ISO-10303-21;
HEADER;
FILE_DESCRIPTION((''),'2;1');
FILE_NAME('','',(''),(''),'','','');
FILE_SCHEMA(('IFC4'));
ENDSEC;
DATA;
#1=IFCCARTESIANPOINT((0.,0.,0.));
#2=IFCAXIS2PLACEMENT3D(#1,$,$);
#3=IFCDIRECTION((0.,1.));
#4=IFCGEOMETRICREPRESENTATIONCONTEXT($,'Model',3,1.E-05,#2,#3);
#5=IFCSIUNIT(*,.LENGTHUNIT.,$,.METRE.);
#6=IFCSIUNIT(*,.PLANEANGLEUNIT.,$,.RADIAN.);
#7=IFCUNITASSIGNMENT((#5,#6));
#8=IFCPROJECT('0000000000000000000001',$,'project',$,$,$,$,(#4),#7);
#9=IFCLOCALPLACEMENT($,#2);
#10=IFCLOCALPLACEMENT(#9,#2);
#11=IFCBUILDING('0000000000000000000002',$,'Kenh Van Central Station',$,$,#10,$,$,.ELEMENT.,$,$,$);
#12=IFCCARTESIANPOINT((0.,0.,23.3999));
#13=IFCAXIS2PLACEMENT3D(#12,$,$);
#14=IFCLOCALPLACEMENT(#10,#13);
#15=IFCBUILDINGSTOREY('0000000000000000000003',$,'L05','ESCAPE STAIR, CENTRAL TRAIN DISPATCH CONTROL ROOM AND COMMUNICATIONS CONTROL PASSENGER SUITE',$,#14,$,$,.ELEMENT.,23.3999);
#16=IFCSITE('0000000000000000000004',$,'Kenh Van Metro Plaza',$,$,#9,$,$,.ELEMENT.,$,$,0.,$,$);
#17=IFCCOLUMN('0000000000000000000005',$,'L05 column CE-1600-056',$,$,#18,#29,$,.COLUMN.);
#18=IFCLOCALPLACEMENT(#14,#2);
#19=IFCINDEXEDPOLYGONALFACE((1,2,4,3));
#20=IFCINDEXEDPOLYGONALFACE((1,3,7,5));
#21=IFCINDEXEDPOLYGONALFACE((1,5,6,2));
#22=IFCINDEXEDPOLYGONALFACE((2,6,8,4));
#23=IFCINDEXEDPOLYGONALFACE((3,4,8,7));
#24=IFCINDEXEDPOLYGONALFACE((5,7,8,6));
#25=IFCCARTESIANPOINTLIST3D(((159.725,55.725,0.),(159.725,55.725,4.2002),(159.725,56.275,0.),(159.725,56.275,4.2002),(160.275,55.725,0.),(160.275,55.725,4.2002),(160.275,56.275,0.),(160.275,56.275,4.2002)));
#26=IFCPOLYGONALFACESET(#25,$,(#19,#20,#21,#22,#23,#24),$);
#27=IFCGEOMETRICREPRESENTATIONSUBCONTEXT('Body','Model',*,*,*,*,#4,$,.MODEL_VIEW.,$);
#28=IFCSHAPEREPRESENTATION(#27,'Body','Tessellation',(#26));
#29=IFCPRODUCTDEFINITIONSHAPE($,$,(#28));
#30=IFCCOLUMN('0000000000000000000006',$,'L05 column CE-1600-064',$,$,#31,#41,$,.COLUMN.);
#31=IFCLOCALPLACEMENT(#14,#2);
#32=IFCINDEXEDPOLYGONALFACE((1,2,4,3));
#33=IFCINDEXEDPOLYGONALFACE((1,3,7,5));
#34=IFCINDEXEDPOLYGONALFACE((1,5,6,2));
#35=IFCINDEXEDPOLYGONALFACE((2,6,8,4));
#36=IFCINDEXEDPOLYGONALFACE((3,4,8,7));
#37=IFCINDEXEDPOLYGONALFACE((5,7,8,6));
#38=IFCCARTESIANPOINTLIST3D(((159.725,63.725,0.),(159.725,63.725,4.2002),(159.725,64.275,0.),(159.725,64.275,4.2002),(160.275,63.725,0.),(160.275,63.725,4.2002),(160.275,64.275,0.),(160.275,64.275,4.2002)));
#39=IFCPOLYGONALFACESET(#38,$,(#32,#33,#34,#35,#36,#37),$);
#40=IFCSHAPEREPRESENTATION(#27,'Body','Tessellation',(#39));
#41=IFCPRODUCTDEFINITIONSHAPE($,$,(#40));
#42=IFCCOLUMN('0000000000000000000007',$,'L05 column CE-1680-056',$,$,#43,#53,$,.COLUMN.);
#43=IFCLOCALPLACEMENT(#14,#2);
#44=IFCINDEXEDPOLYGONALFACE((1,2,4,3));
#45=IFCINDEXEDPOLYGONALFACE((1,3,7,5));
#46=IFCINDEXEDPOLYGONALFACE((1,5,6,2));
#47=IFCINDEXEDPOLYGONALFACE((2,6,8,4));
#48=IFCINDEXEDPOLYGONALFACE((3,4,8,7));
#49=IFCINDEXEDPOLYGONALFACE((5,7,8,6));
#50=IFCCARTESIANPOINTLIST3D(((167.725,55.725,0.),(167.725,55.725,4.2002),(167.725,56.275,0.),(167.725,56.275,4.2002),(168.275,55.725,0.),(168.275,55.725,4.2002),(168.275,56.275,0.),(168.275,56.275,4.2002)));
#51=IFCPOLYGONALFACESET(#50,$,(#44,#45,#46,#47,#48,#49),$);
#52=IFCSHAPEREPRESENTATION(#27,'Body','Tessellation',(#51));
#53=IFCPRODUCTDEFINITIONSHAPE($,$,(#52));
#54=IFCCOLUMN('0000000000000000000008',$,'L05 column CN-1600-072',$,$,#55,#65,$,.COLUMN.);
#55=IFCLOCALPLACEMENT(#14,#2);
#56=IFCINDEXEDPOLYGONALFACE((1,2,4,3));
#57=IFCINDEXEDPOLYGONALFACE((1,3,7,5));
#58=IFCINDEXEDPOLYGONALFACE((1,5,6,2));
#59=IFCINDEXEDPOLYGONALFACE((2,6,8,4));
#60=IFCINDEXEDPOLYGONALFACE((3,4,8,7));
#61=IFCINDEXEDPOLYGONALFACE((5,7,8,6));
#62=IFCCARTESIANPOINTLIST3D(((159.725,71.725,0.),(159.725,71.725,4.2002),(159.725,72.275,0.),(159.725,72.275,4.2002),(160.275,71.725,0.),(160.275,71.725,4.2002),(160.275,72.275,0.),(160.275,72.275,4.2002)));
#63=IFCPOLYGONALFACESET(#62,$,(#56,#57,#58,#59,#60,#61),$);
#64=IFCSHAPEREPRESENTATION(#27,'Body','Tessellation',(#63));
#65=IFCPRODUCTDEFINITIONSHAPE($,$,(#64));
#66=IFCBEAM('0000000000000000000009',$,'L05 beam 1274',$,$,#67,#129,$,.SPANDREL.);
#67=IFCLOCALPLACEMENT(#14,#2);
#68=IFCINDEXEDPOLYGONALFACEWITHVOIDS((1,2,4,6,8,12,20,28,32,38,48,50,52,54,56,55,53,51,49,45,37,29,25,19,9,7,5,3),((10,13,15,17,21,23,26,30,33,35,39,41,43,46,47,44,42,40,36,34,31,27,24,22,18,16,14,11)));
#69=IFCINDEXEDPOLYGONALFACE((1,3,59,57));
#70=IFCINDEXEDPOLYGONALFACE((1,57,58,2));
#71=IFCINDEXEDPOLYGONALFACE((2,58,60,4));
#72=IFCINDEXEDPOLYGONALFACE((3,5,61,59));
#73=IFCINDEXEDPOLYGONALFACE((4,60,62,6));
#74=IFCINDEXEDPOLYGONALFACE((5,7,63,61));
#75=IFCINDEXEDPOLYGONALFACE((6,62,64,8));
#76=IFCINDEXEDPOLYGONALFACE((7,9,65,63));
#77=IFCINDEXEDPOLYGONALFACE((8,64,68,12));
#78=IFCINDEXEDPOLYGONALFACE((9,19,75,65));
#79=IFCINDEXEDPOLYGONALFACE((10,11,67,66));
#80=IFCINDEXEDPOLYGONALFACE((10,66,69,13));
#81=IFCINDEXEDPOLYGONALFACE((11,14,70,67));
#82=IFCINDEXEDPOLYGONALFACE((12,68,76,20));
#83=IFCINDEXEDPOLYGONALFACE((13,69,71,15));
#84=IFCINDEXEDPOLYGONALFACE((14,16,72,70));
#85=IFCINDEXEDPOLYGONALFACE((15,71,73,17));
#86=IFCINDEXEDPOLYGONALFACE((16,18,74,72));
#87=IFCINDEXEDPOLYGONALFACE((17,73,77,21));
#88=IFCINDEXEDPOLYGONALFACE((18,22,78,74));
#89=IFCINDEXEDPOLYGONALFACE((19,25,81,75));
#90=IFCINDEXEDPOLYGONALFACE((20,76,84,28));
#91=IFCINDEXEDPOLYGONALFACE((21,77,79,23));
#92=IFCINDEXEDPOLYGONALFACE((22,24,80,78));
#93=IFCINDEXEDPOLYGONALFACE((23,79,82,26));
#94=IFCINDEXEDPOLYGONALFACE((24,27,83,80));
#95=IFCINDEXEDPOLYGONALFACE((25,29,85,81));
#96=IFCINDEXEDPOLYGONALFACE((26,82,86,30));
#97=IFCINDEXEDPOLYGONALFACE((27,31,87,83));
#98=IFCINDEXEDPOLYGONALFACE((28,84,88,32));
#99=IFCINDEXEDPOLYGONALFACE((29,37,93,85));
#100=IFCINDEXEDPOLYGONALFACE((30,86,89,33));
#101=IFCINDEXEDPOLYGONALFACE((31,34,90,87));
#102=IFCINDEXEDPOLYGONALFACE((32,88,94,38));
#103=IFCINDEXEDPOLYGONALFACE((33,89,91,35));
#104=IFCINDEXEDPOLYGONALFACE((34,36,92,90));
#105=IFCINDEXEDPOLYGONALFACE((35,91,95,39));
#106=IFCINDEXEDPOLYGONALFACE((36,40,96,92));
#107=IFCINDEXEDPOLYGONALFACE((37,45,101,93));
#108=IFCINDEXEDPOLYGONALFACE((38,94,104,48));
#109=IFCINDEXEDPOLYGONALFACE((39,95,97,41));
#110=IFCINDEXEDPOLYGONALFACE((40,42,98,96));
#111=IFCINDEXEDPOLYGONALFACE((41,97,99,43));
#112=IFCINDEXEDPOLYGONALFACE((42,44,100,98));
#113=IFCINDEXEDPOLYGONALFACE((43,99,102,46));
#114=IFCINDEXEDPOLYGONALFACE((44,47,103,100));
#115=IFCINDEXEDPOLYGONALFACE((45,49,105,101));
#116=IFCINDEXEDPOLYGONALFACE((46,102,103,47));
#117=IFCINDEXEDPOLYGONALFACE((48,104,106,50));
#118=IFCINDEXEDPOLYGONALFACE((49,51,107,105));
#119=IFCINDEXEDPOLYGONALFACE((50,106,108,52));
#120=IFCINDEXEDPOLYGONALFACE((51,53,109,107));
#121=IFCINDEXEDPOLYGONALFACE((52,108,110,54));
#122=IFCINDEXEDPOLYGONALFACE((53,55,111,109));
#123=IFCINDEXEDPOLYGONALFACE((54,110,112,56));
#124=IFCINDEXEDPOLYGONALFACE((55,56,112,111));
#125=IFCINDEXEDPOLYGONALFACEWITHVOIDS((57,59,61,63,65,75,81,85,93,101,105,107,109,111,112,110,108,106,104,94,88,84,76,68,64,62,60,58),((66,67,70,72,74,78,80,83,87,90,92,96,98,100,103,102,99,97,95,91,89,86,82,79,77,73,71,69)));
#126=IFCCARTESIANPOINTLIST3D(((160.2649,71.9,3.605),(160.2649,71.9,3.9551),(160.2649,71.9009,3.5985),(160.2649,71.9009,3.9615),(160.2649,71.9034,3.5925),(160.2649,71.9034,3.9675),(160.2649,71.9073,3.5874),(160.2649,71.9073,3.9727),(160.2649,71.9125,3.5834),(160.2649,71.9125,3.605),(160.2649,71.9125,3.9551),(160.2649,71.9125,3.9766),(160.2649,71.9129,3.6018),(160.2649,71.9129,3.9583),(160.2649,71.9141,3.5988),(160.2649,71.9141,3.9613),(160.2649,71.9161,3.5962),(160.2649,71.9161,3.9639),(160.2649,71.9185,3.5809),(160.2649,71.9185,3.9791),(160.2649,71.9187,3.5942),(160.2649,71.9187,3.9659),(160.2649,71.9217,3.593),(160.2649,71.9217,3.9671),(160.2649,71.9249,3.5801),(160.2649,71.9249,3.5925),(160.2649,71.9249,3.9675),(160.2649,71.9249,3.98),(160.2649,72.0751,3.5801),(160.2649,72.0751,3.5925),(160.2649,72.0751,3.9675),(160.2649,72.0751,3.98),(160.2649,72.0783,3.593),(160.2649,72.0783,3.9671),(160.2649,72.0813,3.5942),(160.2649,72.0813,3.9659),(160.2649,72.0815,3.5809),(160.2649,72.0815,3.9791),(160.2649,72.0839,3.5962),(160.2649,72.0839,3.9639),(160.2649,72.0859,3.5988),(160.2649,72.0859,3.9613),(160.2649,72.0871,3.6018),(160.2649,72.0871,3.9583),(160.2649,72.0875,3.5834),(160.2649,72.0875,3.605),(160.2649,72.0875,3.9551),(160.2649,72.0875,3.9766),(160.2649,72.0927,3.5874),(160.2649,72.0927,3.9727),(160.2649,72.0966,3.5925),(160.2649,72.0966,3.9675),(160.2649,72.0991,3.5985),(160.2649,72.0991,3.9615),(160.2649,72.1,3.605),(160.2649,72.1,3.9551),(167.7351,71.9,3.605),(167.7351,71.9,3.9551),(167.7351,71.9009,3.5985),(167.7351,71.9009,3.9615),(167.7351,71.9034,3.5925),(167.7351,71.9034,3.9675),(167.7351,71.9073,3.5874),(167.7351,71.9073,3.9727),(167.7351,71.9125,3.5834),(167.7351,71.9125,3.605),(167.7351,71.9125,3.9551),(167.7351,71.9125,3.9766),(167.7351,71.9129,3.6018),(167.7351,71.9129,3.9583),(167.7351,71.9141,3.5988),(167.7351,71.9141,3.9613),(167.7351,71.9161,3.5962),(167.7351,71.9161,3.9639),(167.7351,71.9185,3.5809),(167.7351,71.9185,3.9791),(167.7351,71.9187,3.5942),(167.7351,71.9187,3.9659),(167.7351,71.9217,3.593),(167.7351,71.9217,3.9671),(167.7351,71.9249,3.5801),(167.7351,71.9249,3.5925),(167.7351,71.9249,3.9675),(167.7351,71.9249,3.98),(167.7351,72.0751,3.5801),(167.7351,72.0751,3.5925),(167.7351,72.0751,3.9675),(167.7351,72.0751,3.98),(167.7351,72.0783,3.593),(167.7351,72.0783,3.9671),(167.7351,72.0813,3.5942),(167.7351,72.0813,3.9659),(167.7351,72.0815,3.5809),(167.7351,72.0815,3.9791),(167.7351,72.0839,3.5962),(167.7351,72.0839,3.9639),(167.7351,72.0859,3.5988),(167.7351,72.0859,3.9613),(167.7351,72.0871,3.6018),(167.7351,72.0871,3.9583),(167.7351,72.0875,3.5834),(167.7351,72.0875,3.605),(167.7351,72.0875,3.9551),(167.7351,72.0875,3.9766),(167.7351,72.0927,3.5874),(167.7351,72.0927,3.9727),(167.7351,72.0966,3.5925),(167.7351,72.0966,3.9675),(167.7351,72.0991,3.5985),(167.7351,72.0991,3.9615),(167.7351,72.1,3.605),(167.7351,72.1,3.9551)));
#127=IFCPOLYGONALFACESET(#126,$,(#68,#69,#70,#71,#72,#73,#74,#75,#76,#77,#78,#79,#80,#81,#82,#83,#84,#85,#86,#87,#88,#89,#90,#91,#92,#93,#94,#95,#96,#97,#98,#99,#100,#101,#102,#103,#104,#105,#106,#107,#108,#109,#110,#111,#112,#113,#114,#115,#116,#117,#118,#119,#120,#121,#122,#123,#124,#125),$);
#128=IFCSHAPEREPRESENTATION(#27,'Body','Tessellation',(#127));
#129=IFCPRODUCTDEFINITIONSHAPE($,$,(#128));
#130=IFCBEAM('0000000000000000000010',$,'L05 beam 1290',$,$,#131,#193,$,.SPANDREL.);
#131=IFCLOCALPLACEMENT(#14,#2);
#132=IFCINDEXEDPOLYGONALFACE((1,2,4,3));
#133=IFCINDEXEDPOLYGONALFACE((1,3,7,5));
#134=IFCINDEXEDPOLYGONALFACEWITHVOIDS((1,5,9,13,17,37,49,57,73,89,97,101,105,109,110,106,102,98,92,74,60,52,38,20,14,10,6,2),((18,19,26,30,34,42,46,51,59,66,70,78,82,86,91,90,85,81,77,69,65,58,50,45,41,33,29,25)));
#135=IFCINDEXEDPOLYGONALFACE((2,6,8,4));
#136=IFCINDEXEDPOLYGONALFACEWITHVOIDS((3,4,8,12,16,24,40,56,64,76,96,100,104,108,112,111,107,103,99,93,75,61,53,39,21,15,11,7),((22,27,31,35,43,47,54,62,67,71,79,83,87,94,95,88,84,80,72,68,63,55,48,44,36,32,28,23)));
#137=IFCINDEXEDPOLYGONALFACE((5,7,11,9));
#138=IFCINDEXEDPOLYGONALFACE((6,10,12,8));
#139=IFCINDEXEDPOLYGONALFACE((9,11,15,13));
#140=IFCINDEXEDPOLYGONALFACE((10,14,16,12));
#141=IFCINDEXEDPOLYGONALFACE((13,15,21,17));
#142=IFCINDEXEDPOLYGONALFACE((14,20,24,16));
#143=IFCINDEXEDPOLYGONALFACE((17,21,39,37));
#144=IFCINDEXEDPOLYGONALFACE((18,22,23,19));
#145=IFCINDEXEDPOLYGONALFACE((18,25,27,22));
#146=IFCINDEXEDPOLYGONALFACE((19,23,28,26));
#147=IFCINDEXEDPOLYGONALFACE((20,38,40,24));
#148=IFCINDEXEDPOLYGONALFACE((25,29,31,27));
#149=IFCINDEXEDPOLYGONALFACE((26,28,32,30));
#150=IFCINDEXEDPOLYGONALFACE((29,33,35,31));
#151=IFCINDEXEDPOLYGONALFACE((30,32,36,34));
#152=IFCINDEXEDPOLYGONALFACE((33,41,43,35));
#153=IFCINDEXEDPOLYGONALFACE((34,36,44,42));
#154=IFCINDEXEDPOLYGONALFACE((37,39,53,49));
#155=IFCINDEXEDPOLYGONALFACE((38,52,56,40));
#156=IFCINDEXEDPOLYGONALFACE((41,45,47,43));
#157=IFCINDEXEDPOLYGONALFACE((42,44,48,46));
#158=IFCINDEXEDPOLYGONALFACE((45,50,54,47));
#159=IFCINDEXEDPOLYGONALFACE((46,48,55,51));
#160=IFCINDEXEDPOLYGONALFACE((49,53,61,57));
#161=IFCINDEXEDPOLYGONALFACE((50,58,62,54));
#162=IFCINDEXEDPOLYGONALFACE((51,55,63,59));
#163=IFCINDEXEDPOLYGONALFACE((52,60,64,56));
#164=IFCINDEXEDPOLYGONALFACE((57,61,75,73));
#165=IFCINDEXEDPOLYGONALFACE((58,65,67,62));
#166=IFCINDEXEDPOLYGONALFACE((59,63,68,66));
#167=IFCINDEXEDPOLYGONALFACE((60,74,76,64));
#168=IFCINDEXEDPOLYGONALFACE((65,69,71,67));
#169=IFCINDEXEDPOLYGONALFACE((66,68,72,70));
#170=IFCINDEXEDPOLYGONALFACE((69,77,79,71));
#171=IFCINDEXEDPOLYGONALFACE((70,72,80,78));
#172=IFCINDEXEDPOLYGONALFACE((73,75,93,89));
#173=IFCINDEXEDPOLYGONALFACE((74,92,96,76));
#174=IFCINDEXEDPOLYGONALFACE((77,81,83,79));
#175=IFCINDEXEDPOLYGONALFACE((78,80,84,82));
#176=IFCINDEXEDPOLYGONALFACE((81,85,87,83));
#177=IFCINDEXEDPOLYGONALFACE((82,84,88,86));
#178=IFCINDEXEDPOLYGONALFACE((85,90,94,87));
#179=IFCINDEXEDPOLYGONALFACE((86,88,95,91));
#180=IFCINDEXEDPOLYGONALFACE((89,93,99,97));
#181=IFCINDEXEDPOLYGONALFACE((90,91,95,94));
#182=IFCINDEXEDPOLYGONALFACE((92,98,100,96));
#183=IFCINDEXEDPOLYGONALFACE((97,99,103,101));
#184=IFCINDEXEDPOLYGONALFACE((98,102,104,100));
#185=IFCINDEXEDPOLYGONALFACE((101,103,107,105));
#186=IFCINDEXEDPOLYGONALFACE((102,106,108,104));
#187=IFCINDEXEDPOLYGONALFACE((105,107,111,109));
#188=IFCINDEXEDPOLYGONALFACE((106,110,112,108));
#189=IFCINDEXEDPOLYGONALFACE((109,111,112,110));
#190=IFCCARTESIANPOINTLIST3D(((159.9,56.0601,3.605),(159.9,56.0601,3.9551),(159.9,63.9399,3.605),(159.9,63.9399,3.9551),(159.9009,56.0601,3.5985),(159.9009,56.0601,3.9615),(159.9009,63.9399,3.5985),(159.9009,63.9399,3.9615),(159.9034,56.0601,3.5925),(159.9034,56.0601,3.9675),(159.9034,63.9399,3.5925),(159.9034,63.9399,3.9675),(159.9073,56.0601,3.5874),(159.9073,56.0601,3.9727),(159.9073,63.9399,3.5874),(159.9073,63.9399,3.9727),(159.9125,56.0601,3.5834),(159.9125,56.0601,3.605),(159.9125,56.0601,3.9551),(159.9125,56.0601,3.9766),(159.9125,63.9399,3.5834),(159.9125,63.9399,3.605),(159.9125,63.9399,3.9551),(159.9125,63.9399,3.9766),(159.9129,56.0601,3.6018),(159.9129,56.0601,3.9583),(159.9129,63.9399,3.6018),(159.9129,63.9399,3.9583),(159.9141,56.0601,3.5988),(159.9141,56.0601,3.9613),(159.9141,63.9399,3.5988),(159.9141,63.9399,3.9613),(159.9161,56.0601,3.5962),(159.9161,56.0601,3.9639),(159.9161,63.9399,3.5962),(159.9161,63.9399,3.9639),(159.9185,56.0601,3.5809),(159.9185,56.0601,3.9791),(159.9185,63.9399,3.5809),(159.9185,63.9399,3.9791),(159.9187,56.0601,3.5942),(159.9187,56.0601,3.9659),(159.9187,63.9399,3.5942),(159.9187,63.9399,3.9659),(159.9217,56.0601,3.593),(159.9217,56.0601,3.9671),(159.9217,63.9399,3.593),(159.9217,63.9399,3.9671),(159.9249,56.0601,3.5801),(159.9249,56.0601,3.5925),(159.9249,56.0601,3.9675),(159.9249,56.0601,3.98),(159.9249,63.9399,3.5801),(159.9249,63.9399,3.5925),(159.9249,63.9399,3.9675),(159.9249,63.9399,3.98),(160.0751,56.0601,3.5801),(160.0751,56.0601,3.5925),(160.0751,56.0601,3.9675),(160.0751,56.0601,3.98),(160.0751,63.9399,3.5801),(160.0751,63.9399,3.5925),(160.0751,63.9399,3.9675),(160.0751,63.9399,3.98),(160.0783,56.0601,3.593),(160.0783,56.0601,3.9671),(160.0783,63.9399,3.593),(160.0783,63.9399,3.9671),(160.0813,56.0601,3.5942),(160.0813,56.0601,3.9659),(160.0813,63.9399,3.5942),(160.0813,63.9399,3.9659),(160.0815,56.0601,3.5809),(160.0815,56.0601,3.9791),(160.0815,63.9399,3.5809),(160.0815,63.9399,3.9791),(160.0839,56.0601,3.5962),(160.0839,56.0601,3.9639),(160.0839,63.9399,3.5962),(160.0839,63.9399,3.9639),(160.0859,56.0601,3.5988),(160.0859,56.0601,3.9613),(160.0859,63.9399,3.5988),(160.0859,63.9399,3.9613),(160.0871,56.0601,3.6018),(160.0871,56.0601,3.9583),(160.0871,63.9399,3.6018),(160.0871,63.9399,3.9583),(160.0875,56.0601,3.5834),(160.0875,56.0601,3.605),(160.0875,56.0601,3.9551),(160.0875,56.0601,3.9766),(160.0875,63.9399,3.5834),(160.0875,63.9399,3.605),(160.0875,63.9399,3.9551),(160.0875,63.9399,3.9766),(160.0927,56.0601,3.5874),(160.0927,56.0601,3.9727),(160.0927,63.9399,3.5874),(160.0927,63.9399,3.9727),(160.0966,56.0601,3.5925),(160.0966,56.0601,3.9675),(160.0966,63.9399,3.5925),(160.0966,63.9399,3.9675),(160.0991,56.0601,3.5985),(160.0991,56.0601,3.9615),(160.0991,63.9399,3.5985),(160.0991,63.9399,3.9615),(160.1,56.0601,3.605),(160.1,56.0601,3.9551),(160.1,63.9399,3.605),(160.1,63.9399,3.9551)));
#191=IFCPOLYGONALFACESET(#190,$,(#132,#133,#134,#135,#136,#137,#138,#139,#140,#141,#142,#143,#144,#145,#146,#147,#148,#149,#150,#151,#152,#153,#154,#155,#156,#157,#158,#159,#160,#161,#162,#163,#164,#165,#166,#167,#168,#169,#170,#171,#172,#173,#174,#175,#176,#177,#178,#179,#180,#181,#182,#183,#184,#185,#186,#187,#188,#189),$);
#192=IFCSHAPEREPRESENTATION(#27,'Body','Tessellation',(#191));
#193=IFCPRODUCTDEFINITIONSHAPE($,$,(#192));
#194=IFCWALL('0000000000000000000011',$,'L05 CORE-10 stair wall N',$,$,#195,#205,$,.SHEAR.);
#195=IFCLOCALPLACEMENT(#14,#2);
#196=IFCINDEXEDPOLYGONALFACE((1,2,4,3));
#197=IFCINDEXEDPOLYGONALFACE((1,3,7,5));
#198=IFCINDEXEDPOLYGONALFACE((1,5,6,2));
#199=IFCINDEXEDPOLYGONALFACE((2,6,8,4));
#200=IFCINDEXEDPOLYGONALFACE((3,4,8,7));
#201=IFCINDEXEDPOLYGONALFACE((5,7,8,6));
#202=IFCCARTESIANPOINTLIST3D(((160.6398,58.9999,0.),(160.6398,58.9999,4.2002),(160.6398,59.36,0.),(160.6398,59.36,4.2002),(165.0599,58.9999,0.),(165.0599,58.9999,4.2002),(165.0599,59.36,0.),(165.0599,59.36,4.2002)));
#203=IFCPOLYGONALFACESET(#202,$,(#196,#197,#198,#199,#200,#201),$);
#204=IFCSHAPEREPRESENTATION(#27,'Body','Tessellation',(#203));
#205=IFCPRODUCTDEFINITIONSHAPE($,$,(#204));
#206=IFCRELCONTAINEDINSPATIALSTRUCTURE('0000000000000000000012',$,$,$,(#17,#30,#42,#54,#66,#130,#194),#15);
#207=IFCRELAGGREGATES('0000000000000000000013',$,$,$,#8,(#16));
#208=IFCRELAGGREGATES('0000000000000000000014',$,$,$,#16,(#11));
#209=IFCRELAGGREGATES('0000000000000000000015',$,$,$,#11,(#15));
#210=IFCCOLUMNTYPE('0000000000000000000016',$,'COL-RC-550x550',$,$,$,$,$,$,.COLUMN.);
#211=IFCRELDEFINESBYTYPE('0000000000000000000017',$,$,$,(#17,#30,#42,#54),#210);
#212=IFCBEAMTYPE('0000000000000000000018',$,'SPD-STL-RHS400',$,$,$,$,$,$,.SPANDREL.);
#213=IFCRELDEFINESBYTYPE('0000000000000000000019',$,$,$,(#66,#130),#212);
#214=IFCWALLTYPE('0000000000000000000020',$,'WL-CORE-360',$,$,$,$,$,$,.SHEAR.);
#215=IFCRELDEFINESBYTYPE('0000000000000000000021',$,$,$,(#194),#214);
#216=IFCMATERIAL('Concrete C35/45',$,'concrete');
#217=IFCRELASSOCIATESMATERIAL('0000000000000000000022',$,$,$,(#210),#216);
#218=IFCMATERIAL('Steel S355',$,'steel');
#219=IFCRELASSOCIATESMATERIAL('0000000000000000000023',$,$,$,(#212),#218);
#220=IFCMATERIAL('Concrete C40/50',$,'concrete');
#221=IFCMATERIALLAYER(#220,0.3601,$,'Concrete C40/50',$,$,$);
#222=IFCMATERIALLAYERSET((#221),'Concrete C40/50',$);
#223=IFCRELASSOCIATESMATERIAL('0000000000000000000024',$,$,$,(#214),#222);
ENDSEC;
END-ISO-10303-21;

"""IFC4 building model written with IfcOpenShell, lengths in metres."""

from ifc_helpers import new_model, si_unit, direction, frame, frame_2d, origin, origin_2d, place, context, subcontext, project, spatial, rectangle, hollow_rectangle, extrude, material, layer, layer_set, material_profile, profile_set, type_object, element, save


model = new_model("IFC4")

# Units and contexts
model_context = context("Model", 3, precision=1e-05, world=origin(), true_north=direction((0.0, 1.0)))
body_context = subcontext(model_context, "Body", "Model", "MODEL_VIEW")
ifc_project = project(units=[si_unit("LENGTHUNIT", "METRE"), si_unit("PLANEANGLEUNIT", "RADIAN")], contexts=[model_context])

# Site, building, storey
site_placement = place(None, origin())
site = spatial("IfcSite", under=ifc_project, at=site_placement, Name="Kenh Van Metro Plaza", CompositionType="ELEMENT", RefElevation=0.0)
building_placement = place(site_placement, origin())
building = spatial("IfcBuilding", under=site, at=building_placement, Name="Kenh Van Central Station", CompositionType="ELEMENT")
storey_placement = place(building_placement, frame((0.0, 0.0, 23.3999)))
storey = spatial("IfcBuildingStorey", under=building, at=storey_placement, Name="L05", Description="ESCAPE STAIR, CENTRAL TRAIN DISPATCH CONTROL ROOM AND COMMUNICATIONS CONTROL PASSENGER SUITE", CompositionType="ELEMENT", Elevation=23.3999)

# Columns
ifc_material_1 = material(Name="Concrete C35/45", Category="concrete")
ifc_material_profile_1 = material_profile(ifc_material_1, rectangle(XDim=0.55, YDim=0.55, at=origin_2d()), Name="RC 550x550")
ifc_profile_set_1 = profile_set([ifc_material_profile_1], Name="Concrete C35/45")
column_type = type_object("IfcColumnType", Name="COL-RC-550x550", PredefinedType="COLUMN", material=ifc_profile_set_1)
for number, where, z_axis, x_axis, name in (
    (1, (160.0, 56.0, 0.0), (0.0, 0.0, 1.0), (1.0, 0.0, 0.0), "L05 column CE-1600-056"),
    (2, (160.0, 64.0, 0.0), (0.0, 0.0, 1.0), (1.0, 0.0, 0.0), "L05 column CE-1600-064"),
    (3, (168.0, 56.0, 0.0), (0.0, 0.0, 1.0), (1.0, 0.0, 0.0), "L05 column CE-1680-056"),
    (4, (160.0, 72.0, 0.0), (0.0, 0.0, 1.0), (1.0, 0.0, 0.0), "L05 column CN-1600-072"),
):
    element("IfcColumn", number, at=place(storey_placement, frame(where, z_axis=z_axis, x_axis=x_axis)), inside=storey, type_object=column_type, Name=name, PredefinedType="COLUMN", context=body_context, shape_type="SweptSolid", body=[
        extrude(rectangle(XDim=0.55, YDim=0.55, at=origin_2d()), origin(), (0.0, 0.0, 1.0), 4.2002),
    ])

# Beams
ifc_material_2 = material(Name="Steel S355", Category="steel")
ifc_material_profile_2 = material_profile(ifc_material_2, hollow_rectangle(XDim=0.2, YDim=0.3999, WallThickness=0.0125, InnerFilletRadius=0.0125, OuterFilletRadius=0.0249, at=origin_2d()), Name="RHS 400x200x12.5")
ifc_profile_set_2 = profile_set([ifc_material_profile_2], Name="Steel S355")
beam_type = type_object("IfcBeamType", Name="SPD-STL-RHS400", PredefinedType="SPANDREL", material=ifc_profile_set_2)
beam_1_placement = place(storey_placement, frame((160.2649, 72.0, 3.78), z_axis=(1.0, 0.0, 0.0), x_axis=(0.0, 1.0, 0.0)))
element("IfcBeam", 5, at=beam_1_placement, inside=storey, type_object=beam_type, Name="L05 beam 1274", PredefinedType="SPANDREL", context=body_context, shape_type="SweptSolid", body=[
    extrude(hollow_rectangle(XDim=0.2, YDim=0.3999, WallThickness=0.0125, InnerFilletRadius=0.0125, OuterFilletRadius=0.0249, at=origin_2d()), origin(), (0.0, 0.0, 1.0), 7.4702),
])
beam_2_placement = place(storey_placement, frame((160.0, 56.0601, 3.78), z_axis=(0.0, 1.0, 0.0), x_axis=(-1.0, 0.0, 0.0)))
element("IfcBeam", 6, at=beam_2_placement, inside=storey, type_object=beam_type, Name="L05 beam 1290", PredefinedType="SPANDREL", context=body_context, shape_type="SweptSolid", body=[
    extrude(hollow_rectangle(XDim=0.2, YDim=0.3999, WallThickness=0.0125, InnerFilletRadius=0.0125, OuterFilletRadius=0.0249, at=origin_2d()), origin(), (0.0, 0.0, 1.0), 7.8799),
])

# Shared definitions
ifc_material_3 = material(Name="Concrete C40/50", Category="concrete")

# Wall
ifc_layer_1 = layer(ifc_material_3, 0.3601, Name="Concrete C40/50")
ifc_layer_set_1 = layer_set([ifc_layer_1], Name="Concrete C40/50")
wall_type_1 = type_object("IfcWallType", Name="WL-CORE-360", PredefinedType="SHEAR", material=ifc_layer_set_1)
wall_1_placement = place(storey_placement, frame((160.6399, 59.1799, 0.0), z_axis=(0.0, 0.0, 1.0), x_axis=(1.0, 0.0, 0.0)))
element("IfcWall", 7, at=wall_1_placement, inside=storey, type_object=wall_type_1, Name="L05 CORE-10 stair wall N", PredefinedType="SHEAR", context=body_context, shape_type="SweptSolid", body=[
    extrude(rectangle(XDim=4.4202, YDim=0.3601, at=frame_2d((2.21, 0.0))), origin(), (0.0, 0.0, 1.0), 4.2002),
])

save(model, "model.ifc")
